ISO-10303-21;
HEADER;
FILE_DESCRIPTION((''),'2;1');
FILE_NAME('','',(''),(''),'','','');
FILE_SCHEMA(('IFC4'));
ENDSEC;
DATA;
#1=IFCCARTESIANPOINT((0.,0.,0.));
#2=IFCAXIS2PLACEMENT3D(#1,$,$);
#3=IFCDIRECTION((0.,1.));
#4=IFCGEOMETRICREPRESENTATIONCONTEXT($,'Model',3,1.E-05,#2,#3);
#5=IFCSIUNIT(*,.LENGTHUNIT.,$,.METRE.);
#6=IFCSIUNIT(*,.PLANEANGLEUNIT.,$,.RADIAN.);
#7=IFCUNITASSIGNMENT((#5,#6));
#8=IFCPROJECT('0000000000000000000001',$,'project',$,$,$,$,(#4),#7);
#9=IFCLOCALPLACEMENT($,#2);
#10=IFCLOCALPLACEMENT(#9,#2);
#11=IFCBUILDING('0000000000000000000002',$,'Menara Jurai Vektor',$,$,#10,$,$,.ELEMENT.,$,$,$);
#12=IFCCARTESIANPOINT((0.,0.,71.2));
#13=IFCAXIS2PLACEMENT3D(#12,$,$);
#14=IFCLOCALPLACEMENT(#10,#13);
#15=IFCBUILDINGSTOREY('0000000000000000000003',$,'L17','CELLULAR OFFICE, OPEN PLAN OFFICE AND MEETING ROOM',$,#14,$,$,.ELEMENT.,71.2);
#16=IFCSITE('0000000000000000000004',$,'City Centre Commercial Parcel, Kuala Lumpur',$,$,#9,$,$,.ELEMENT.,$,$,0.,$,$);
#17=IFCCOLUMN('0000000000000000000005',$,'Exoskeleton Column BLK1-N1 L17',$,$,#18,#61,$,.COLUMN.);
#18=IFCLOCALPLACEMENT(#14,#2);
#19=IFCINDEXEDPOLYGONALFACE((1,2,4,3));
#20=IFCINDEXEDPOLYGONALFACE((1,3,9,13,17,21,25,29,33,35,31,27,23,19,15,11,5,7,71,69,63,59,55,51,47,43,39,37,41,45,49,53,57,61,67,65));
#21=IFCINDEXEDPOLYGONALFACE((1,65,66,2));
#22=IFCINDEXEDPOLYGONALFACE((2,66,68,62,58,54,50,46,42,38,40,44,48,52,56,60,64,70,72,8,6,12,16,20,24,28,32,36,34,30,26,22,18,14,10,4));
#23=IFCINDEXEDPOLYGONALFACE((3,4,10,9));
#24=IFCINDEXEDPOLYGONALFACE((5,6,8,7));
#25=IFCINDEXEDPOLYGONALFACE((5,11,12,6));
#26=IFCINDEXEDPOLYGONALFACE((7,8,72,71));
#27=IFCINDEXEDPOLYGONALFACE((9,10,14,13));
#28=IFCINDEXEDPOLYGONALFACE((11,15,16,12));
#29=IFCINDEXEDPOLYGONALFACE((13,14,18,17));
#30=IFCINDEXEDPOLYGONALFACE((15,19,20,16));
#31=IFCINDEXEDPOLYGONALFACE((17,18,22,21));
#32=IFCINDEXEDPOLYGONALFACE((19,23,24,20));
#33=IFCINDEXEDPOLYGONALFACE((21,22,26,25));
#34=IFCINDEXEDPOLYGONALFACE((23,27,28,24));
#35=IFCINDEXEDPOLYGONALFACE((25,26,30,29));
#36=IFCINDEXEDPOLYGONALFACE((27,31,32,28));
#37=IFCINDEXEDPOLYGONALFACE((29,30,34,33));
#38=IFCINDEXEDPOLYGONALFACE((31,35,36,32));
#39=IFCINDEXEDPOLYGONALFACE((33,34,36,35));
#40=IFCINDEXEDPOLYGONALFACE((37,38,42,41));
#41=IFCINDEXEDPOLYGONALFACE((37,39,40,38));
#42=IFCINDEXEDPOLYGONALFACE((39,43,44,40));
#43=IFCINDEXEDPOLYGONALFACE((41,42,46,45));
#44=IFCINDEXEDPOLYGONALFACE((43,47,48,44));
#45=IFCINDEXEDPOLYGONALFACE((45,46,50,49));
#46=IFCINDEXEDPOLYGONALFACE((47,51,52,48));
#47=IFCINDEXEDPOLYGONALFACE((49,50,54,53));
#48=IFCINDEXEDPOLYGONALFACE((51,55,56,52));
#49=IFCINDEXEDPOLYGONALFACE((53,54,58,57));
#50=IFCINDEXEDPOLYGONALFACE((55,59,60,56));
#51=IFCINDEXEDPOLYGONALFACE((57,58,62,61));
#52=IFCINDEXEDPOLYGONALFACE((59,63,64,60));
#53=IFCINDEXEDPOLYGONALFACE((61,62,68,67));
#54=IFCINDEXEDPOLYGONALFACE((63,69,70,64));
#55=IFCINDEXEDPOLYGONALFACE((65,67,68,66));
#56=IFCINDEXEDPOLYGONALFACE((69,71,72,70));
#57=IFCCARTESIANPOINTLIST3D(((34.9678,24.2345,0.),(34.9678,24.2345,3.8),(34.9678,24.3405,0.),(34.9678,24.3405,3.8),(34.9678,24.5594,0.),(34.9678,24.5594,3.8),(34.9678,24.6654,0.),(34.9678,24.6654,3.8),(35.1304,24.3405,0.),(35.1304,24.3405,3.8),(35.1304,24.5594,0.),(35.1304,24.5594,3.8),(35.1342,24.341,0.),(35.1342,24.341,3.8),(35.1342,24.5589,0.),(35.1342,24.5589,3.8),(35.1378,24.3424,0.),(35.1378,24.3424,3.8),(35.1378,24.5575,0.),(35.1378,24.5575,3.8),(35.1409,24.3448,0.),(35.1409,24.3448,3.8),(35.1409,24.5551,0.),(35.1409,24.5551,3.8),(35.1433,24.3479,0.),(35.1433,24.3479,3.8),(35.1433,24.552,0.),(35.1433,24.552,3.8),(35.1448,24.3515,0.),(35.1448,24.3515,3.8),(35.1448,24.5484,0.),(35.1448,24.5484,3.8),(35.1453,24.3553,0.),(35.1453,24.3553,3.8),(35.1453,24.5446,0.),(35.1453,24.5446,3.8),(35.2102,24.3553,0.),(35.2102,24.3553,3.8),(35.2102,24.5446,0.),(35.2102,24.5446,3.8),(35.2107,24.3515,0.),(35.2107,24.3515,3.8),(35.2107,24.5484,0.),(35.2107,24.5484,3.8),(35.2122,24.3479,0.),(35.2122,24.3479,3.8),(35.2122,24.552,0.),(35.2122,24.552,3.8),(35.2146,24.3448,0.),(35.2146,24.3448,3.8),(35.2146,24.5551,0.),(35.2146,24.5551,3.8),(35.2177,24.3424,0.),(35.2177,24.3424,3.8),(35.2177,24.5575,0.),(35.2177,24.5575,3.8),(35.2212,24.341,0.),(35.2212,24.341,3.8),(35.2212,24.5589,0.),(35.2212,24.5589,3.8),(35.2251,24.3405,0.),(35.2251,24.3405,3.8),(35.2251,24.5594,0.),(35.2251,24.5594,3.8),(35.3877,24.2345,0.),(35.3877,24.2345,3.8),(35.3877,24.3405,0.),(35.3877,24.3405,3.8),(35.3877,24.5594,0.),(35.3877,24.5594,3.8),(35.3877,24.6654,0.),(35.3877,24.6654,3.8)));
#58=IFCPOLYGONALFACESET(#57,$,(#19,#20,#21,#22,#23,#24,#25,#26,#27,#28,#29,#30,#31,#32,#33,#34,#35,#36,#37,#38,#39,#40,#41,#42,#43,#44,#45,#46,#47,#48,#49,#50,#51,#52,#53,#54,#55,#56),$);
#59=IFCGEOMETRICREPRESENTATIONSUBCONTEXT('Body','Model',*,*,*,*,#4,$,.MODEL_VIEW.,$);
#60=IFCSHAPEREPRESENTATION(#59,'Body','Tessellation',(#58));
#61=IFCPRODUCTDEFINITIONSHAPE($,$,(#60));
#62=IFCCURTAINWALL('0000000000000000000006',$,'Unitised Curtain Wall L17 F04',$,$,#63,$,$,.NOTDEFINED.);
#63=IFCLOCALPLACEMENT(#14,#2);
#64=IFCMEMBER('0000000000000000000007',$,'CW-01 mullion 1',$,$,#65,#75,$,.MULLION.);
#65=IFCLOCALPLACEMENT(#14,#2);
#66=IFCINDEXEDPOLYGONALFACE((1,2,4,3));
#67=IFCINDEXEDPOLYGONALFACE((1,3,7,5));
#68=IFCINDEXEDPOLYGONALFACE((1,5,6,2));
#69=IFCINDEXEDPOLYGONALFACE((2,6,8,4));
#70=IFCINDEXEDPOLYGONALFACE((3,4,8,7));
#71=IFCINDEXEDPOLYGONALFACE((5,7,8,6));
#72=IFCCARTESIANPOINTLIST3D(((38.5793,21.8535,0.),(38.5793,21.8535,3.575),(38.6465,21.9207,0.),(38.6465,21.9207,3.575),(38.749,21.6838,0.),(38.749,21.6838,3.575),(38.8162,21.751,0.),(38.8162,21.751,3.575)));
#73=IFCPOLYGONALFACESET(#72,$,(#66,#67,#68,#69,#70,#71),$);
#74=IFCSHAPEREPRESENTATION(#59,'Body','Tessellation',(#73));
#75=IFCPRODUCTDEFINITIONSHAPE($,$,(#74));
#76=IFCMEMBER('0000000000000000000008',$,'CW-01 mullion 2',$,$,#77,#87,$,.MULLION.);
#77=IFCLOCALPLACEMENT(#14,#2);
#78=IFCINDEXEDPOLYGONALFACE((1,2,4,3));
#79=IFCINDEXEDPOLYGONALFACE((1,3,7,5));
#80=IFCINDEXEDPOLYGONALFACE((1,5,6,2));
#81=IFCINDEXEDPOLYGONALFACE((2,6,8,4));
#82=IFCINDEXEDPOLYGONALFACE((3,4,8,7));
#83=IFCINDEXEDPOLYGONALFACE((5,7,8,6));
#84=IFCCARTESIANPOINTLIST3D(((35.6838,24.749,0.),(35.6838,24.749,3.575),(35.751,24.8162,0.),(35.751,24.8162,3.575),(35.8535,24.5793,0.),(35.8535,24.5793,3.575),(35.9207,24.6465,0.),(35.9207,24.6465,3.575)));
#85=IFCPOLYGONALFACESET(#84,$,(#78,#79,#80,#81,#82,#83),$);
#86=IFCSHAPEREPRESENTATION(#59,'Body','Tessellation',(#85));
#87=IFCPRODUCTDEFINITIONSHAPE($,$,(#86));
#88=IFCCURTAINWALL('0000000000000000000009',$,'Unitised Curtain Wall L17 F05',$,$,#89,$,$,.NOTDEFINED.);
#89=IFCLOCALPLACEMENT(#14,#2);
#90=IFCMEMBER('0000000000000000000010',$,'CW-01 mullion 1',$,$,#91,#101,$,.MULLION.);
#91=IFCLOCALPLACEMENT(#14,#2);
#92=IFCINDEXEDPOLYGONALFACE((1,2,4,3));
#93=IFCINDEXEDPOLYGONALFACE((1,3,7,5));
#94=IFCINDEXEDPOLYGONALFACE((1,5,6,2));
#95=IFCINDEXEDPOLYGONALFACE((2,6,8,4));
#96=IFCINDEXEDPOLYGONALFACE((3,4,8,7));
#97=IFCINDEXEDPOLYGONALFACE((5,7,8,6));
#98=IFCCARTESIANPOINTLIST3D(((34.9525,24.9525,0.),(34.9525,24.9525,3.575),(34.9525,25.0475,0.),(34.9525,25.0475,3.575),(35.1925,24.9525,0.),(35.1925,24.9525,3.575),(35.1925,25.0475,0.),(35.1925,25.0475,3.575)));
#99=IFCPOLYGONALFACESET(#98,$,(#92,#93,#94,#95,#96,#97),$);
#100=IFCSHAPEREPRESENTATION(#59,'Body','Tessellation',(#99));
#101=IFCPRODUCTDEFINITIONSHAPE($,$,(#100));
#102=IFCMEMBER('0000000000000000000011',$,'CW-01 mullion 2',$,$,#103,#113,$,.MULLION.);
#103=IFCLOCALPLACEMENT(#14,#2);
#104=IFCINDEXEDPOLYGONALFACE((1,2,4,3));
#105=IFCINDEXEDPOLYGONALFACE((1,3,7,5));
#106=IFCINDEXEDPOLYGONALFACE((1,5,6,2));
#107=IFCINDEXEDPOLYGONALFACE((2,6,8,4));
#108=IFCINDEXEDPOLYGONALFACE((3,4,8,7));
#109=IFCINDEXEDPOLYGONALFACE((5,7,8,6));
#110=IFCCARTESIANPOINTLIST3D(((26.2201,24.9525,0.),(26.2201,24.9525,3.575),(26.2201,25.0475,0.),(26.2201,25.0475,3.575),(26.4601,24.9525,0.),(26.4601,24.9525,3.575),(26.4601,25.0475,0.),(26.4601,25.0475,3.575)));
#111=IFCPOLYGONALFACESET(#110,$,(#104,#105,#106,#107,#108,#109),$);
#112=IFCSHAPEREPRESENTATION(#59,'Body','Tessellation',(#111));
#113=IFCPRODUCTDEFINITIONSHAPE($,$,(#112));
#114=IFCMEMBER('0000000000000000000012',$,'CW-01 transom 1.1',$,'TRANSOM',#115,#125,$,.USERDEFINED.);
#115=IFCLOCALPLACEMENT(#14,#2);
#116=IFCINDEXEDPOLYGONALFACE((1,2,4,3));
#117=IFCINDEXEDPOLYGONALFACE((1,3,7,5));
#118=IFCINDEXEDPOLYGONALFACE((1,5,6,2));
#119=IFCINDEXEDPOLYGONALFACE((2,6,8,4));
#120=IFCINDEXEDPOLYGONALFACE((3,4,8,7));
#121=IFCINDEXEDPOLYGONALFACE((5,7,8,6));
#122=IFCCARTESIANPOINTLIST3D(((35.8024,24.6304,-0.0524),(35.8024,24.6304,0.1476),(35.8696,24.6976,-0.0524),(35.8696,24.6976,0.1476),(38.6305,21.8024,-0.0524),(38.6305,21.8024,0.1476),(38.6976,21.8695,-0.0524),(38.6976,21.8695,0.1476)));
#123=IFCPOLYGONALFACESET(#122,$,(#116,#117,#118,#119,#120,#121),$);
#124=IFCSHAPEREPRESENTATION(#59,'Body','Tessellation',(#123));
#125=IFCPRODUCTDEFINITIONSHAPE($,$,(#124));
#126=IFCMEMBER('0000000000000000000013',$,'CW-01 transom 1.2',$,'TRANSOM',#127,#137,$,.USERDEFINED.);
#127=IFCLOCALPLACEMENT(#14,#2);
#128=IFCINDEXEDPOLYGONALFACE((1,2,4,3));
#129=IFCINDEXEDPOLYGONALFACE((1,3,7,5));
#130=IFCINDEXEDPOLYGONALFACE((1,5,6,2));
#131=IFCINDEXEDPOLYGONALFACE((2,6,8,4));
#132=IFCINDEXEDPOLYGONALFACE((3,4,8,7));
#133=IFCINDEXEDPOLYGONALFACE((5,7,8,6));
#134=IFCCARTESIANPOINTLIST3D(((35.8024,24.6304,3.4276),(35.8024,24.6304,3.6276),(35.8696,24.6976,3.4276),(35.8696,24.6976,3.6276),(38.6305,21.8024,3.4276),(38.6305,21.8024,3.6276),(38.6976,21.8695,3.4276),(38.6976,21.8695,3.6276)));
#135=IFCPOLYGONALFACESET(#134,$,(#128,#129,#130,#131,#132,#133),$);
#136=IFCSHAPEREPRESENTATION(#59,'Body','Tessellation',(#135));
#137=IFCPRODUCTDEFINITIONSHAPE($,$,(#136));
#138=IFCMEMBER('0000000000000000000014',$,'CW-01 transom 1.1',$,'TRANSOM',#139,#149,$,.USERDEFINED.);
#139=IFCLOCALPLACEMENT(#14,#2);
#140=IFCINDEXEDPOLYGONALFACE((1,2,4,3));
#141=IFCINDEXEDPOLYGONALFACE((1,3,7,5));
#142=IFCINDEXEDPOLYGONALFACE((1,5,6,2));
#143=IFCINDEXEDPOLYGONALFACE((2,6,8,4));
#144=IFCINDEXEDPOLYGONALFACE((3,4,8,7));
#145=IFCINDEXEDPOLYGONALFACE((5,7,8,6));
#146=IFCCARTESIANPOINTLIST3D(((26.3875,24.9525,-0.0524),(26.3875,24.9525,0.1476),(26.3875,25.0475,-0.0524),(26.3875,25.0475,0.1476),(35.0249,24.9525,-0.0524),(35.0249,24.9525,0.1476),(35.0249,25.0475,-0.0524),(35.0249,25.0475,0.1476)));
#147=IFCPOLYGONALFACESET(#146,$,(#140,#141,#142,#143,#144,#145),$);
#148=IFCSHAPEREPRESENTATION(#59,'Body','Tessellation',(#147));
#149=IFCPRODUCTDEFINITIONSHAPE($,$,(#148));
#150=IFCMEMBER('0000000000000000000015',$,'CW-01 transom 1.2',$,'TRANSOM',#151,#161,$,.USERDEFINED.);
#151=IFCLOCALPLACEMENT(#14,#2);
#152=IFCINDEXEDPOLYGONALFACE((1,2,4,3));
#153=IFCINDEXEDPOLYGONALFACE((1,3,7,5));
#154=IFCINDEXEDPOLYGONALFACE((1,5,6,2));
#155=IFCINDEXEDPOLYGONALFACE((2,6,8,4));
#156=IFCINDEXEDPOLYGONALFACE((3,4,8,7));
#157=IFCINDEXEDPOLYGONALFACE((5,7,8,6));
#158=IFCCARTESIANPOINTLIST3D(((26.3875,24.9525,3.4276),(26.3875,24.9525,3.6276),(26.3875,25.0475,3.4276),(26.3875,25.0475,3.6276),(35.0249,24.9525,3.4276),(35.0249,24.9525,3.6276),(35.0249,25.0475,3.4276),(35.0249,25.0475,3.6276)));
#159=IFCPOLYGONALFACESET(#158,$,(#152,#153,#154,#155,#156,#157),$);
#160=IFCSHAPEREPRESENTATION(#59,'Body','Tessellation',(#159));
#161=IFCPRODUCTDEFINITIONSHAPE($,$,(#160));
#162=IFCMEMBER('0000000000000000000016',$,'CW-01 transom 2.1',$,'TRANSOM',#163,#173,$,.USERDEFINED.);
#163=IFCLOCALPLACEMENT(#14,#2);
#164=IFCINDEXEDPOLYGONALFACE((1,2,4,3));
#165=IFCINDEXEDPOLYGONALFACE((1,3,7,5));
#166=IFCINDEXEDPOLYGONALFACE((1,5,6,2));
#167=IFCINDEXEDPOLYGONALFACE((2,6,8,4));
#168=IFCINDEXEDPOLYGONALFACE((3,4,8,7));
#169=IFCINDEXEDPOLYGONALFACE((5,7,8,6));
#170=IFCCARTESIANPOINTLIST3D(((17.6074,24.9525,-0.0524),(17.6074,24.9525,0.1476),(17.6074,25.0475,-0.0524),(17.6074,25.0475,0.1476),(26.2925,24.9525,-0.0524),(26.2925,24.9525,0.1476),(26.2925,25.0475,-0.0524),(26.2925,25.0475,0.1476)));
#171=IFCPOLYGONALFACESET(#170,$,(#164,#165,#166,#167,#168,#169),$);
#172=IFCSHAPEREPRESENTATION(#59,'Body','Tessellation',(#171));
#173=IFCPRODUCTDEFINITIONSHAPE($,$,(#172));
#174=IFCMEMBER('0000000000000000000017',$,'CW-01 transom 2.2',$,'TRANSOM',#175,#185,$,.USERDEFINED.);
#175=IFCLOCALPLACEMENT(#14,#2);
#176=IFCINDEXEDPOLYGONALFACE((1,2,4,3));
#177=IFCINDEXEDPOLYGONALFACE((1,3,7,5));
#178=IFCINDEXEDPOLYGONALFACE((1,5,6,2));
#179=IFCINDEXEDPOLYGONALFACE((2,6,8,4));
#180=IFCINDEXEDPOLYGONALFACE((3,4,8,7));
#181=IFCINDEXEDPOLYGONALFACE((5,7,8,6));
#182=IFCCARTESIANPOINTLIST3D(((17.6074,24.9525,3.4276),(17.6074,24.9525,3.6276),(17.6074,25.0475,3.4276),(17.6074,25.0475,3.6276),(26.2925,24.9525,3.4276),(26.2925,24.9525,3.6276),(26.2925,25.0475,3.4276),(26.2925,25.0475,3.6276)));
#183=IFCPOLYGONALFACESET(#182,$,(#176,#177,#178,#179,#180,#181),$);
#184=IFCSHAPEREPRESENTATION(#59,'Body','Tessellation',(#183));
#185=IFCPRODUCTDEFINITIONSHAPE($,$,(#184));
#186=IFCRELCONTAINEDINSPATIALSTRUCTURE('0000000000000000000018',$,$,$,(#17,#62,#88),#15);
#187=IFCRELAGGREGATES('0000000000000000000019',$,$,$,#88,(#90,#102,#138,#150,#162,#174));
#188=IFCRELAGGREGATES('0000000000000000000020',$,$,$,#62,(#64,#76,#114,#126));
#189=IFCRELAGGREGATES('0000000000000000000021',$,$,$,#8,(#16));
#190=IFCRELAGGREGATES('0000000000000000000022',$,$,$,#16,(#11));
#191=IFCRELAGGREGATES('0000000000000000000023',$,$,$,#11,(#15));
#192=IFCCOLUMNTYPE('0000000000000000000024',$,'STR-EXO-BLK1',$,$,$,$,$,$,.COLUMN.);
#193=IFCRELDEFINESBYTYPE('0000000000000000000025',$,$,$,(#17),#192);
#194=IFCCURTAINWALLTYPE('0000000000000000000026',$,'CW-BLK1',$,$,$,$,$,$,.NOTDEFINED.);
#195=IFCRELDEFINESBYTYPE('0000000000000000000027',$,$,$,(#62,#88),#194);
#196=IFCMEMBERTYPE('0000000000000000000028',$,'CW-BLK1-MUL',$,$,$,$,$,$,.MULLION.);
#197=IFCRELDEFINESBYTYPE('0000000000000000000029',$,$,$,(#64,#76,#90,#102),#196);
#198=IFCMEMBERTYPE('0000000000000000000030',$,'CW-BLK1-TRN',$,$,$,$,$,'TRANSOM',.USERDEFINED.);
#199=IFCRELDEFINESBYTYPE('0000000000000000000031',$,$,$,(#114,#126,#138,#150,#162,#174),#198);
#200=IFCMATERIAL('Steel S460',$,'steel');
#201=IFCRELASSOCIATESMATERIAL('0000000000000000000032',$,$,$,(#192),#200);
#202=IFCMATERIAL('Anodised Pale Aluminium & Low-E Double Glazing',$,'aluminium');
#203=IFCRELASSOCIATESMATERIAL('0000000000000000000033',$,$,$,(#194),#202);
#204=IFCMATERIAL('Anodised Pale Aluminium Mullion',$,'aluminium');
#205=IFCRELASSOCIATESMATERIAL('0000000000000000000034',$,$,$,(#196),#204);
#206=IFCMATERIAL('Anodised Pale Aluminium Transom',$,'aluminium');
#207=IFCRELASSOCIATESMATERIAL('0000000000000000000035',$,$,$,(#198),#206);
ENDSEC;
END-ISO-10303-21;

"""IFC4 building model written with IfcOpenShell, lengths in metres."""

from ifc_helpers import new_model, si_unit, direction, frame, origin, origin_2d, place, context, subcontext, project, spatial, rectangle, i_section, extrude, material, material_profile, profile_set, type_object, element, aggregate, save


model = new_model("IFC4")

# Units and contexts
model_context = context("Model", 3, precision=1e-05, world=origin(), true_north=direction((0.0, 1.0)))
body_context = subcontext(model_context, "Body", "Model", "MODEL_VIEW")
ifc_project = project(units=[si_unit("LENGTHUNIT", "METRE"), si_unit("PLANEANGLEUNIT", "RADIAN")], contexts=[model_context])

# Site, building, storey
site_placement = place(None, origin())
site = spatial("IfcSite", under=ifc_project, at=site_placement, Name="City Centre Commercial Parcel, Kuala Lumpur", CompositionType="ELEMENT", RefElevation=0.0)
building_placement = place(site_placement, origin())
building = spatial("IfcBuilding", under=site, at=building_placement, Name="Menara Jurai Vektor", CompositionType="ELEMENT")
storey_placement = place(building_placement, frame((0.0, 0.0, 71.2)))
storey = spatial("IfcBuildingStorey", under=building, at=storey_placement, Name="L17", Description="CELLULAR OFFICE, OPEN PLAN OFFICE AND MEETING ROOM", CompositionType="ELEMENT", Elevation=71.2)

# Column
ifc_material_1 = material(Name="Steel S460", Category="steel")
ifc_material_profile_1 = material_profile(ifc_material_1, i_section(OverallWidth=0.4199, OverallDepth=0.4309, WebThickness=0.0649, FlangeThickness=0.106, FilletRadius=0.0149, at=origin_2d()), Name="HD 400x900")
ifc_profile_set_1 = profile_set([ifc_material_profile_1], Name="Steel S460")
column_type = type_object("IfcColumnType", Name="STR-EXO-BLK1", PredefinedType="COLUMN", material=ifc_profile_set_1)
column_placement = place(storey_placement, frame((35.1777, 24.45, 0.0), z_axis=(0.0, 0.0, 1.0), x_axis=(1.0, 0.0, 0.0)))
element("IfcColumn", 1, at=column_placement, inside=storey, type_object=column_type, Name="Exoskeleton Column BLK1-N1 L17", PredefinedType="COLUMN", context=body_context, shape_type="SweptSolid", body=[
    extrude(i_section(OverallWidth=0.4199, OverallDepth=0.4309, WebThickness=0.0649, FlangeThickness=0.106, FilletRadius=0.0149, at=origin_2d()), origin(), (0.0, 0.0, 1.0), 3.8),
])

# Curtain walls, members
ifc_material_2 = material(Name="Anodised Pale Aluminium & Low-E Double Glazing", Category="aluminium")
curtain_wall_type = type_object("IfcCurtainWallType", Name="CW-BLK1", PredefinedType="NOTDEFINED", material=ifc_material_2)
curtain_wall_1_placement = place(storey_placement, origin())
curtain_wall_1 = element("IfcCurtainWall", 2, at=curtain_wall_1_placement, inside=storey, type_object=curtain_wall_type, Name="Unitised Curtain Wall L17 F04", PredefinedType="NOTDEFINED")
ifc_material_3 = material(Name="Anodised Pale Aluminium Mullion", Category="aluminium")
ifc_material_profile_2 = material_profile(ifc_material_3, rectangle(XDim=0.095, YDim=0.24, at=origin_2d()), Name="ALU MUL 95x240")
ifc_profile_set_2 = profile_set([ifc_material_profile_2], Name="Anodised Pale Aluminium Mullion")
member_type_1 = type_object("IfcMemberType", Name="CW-BLK1-MUL", PredefinedType="MULLION", material=ifc_profile_set_2)
member_1_placement = place(storey_placement, frame((38.6978, 21.8022, 0.0), z_axis=(0.0, 0.0, 1.0), x_axis=(-0.707107, -0.707107, 0.0)))
member_1 = element("IfcMember", 3, at=member_1_placement, type_object=member_type_1, Name="CW-01 mullion 1", PredefinedType="MULLION", context=body_context, shape_type="SweptSolid", body=[
    extrude(rectangle(XDim=0.095, YDim=0.24, at=origin_2d()), origin(), (0.0, 0.0, 1.0), 3.575),
])
member_2_placement = place(storey_placement, frame((35.8022, 24.6978, 0.0), z_axis=(0.0, 0.0, 1.0), x_axis=(-0.707107, -0.707107, 0.0)))
member_2 = element("IfcMember", 4, at=member_2_placement, type_object=member_type_1, Name="CW-01 mullion 2", PredefinedType="MULLION", context=body_context, shape_type="SweptSolid", body=[
    extrude(rectangle(XDim=0.095, YDim=0.24, at=origin_2d()), origin(), (0.0, 0.0, 1.0), 3.575),
])
curtain_wall_2_placement = place(storey_placement, origin())
curtain_wall_2 = element("IfcCurtainWall", 5, at=curtain_wall_2_placement, inside=storey, type_object=curtain_wall_type, Name="Unitised Curtain Wall L17 F05", PredefinedType="NOTDEFINED")
member_3_placement = place(storey_placement, frame((35.0725, 25.0, 0.0), z_axis=(0.0, 0.0, 1.0), x_axis=(0.0, -1.0, 0.0)))
member_3 = element("IfcMember", 6, at=member_3_placement, type_object=member_type_1, Name="CW-01 mullion 1", PredefinedType="MULLION", context=body_context, shape_type="SweptSolid", body=[
    extrude(rectangle(XDim=0.095, YDim=0.24, at=origin_2d()), origin(), (0.0, 0.0, 1.0), 3.575),
])
member_4_placement = place(storey_placement, frame((26.3401, 25.0, 0.0), z_axis=(0.0, 0.0, 1.0), x_axis=(0.0, -1.0, 0.0)))
member_4 = element("IfcMember", 7, at=member_4_placement, type_object=member_type_1, Name="CW-01 mullion 2", PredefinedType="MULLION", context=body_context, shape_type="SweptSolid", body=[
    extrude(rectangle(XDim=0.095, YDim=0.24, at=origin_2d()), origin(), (0.0, 0.0, 1.0), 3.575),
])

# Members
ifc_material_4 = material(Name="Anodised Pale Aluminium Transom", Category="aluminium")
ifc_material_profile_3 = material_profile(ifc_material_4, rectangle(XDim=0.095, YDim=0.2, at=origin_2d()), Name="ALU TRN 95x200")
ifc_profile_set_3 = profile_set([ifc_material_profile_3], Name="Anodised Pale Aluminium Transom")
member_type_2 = type_object("IfcMemberType", Name="CW-BLK1-TRN", ElementType="TRANSOM", PredefinedType="USERDEFINED", material=ifc_profile_set_3)
member_5_placement = place(storey_placement, frame((38.6641, 21.8359, 0.0476), z_axis=(-0.707107, 0.707107, 0.0), x_axis=(-0.707107, -0.707107, 0.0)))
member_5 = element("IfcMember", 8, at=member_5_placement, type_object=member_type_2, Name="CW-01 transom 1.1", ObjectType="TRANSOM", PredefinedType="USERDEFINED", context=body_context, shape_type="SweptSolid", body=[
    extrude(rectangle(XDim=0.095, YDim=0.2, at=origin_2d()), origin(), (0.0, 0.0, 1.0), 3.9995),
])
member_6_placement = place(storey_placement, frame((38.6641, 21.8359, 3.5276), z_axis=(-0.707107, 0.707107, 0.0), x_axis=(-0.707107, -0.707107, 0.0)))
member_6 = element("IfcMember", 9, at=member_6_placement, type_object=member_type_2, Name="CW-01 transom 1.2", ObjectType="TRANSOM", PredefinedType="USERDEFINED", context=body_context, shape_type="SweptSolid", body=[
    extrude(rectangle(XDim=0.095, YDim=0.2, at=origin_2d()), origin(), (0.0, 0.0, 1.0), 3.9995),
])
member_7_placement = place(storey_placement, frame((35.0249, 25.0, 0.0476), z_axis=(-1.0, 0.0, 0.0), x_axis=(0.0, -1.0, 0.0)))
member_7 = element("IfcMember", 10, at=member_7_placement, type_object=member_type_2, Name="CW-01 transom 1.1", ObjectType="TRANSOM", PredefinedType="USERDEFINED", context=body_context, shape_type="SweptSolid", body=[
    extrude(rectangle(XDim=0.095, YDim=0.2, at=origin_2d()), origin(), (0.0, 0.0, 1.0), 8.6375),
])
member_8_placement = place(storey_placement, frame((35.0249, 25.0, 3.5276), z_axis=(-1.0, 0.0, 0.0), x_axis=(0.0, -1.0, 0.0)))
member_8 = element("IfcMember", 11, at=member_8_placement, type_object=member_type_2, Name="CW-01 transom 1.2", ObjectType="TRANSOM", PredefinedType="USERDEFINED", context=body_context, shape_type="SweptSolid", body=[
    extrude(rectangle(XDim=0.095, YDim=0.2, at=origin_2d()), origin(), (0.0, 0.0, 1.0), 8.6375),
])
member_9_placement = place(storey_placement, frame((26.2925, 25.0, 0.0476), z_axis=(-1.0, 0.0, 0.0), x_axis=(0.0, -1.0, 0.0)))
member_9 = element("IfcMember", 12, at=member_9_placement, type_object=member_type_2, Name="CW-01 transom 2.1", ObjectType="TRANSOM", PredefinedType="USERDEFINED", context=body_context, shape_type="SweptSolid", body=[
    extrude(rectangle(XDim=0.095, YDim=0.2, at=origin_2d()), origin(), (0.0, 0.0, 1.0), 8.6851),
])
member_10_placement = place(storey_placement, frame((26.2925, 25.0, 3.5276), z_axis=(-1.0, 0.0, 0.0), x_axis=(0.0, -1.0, 0.0)))
member_10 = element("IfcMember", 13, at=member_10_placement, type_object=member_type_2, Name="CW-01 transom 2.2", ObjectType="TRANSOM", PredefinedType="USERDEFINED", context=body_context, shape_type="SweptSolid", body=[
    extrude(rectangle(XDim=0.095, YDim=0.2, at=origin_2d()), origin(), (0.0, 0.0, 1.0), 8.6851),
])

aggregate(curtain_wall_2, [member_3, member_4, member_7, member_8, member_9, member_10])
aggregate(curtain_wall_1, [member_1, member_2, member_5, member_6])

save(model, "model.ifc")
